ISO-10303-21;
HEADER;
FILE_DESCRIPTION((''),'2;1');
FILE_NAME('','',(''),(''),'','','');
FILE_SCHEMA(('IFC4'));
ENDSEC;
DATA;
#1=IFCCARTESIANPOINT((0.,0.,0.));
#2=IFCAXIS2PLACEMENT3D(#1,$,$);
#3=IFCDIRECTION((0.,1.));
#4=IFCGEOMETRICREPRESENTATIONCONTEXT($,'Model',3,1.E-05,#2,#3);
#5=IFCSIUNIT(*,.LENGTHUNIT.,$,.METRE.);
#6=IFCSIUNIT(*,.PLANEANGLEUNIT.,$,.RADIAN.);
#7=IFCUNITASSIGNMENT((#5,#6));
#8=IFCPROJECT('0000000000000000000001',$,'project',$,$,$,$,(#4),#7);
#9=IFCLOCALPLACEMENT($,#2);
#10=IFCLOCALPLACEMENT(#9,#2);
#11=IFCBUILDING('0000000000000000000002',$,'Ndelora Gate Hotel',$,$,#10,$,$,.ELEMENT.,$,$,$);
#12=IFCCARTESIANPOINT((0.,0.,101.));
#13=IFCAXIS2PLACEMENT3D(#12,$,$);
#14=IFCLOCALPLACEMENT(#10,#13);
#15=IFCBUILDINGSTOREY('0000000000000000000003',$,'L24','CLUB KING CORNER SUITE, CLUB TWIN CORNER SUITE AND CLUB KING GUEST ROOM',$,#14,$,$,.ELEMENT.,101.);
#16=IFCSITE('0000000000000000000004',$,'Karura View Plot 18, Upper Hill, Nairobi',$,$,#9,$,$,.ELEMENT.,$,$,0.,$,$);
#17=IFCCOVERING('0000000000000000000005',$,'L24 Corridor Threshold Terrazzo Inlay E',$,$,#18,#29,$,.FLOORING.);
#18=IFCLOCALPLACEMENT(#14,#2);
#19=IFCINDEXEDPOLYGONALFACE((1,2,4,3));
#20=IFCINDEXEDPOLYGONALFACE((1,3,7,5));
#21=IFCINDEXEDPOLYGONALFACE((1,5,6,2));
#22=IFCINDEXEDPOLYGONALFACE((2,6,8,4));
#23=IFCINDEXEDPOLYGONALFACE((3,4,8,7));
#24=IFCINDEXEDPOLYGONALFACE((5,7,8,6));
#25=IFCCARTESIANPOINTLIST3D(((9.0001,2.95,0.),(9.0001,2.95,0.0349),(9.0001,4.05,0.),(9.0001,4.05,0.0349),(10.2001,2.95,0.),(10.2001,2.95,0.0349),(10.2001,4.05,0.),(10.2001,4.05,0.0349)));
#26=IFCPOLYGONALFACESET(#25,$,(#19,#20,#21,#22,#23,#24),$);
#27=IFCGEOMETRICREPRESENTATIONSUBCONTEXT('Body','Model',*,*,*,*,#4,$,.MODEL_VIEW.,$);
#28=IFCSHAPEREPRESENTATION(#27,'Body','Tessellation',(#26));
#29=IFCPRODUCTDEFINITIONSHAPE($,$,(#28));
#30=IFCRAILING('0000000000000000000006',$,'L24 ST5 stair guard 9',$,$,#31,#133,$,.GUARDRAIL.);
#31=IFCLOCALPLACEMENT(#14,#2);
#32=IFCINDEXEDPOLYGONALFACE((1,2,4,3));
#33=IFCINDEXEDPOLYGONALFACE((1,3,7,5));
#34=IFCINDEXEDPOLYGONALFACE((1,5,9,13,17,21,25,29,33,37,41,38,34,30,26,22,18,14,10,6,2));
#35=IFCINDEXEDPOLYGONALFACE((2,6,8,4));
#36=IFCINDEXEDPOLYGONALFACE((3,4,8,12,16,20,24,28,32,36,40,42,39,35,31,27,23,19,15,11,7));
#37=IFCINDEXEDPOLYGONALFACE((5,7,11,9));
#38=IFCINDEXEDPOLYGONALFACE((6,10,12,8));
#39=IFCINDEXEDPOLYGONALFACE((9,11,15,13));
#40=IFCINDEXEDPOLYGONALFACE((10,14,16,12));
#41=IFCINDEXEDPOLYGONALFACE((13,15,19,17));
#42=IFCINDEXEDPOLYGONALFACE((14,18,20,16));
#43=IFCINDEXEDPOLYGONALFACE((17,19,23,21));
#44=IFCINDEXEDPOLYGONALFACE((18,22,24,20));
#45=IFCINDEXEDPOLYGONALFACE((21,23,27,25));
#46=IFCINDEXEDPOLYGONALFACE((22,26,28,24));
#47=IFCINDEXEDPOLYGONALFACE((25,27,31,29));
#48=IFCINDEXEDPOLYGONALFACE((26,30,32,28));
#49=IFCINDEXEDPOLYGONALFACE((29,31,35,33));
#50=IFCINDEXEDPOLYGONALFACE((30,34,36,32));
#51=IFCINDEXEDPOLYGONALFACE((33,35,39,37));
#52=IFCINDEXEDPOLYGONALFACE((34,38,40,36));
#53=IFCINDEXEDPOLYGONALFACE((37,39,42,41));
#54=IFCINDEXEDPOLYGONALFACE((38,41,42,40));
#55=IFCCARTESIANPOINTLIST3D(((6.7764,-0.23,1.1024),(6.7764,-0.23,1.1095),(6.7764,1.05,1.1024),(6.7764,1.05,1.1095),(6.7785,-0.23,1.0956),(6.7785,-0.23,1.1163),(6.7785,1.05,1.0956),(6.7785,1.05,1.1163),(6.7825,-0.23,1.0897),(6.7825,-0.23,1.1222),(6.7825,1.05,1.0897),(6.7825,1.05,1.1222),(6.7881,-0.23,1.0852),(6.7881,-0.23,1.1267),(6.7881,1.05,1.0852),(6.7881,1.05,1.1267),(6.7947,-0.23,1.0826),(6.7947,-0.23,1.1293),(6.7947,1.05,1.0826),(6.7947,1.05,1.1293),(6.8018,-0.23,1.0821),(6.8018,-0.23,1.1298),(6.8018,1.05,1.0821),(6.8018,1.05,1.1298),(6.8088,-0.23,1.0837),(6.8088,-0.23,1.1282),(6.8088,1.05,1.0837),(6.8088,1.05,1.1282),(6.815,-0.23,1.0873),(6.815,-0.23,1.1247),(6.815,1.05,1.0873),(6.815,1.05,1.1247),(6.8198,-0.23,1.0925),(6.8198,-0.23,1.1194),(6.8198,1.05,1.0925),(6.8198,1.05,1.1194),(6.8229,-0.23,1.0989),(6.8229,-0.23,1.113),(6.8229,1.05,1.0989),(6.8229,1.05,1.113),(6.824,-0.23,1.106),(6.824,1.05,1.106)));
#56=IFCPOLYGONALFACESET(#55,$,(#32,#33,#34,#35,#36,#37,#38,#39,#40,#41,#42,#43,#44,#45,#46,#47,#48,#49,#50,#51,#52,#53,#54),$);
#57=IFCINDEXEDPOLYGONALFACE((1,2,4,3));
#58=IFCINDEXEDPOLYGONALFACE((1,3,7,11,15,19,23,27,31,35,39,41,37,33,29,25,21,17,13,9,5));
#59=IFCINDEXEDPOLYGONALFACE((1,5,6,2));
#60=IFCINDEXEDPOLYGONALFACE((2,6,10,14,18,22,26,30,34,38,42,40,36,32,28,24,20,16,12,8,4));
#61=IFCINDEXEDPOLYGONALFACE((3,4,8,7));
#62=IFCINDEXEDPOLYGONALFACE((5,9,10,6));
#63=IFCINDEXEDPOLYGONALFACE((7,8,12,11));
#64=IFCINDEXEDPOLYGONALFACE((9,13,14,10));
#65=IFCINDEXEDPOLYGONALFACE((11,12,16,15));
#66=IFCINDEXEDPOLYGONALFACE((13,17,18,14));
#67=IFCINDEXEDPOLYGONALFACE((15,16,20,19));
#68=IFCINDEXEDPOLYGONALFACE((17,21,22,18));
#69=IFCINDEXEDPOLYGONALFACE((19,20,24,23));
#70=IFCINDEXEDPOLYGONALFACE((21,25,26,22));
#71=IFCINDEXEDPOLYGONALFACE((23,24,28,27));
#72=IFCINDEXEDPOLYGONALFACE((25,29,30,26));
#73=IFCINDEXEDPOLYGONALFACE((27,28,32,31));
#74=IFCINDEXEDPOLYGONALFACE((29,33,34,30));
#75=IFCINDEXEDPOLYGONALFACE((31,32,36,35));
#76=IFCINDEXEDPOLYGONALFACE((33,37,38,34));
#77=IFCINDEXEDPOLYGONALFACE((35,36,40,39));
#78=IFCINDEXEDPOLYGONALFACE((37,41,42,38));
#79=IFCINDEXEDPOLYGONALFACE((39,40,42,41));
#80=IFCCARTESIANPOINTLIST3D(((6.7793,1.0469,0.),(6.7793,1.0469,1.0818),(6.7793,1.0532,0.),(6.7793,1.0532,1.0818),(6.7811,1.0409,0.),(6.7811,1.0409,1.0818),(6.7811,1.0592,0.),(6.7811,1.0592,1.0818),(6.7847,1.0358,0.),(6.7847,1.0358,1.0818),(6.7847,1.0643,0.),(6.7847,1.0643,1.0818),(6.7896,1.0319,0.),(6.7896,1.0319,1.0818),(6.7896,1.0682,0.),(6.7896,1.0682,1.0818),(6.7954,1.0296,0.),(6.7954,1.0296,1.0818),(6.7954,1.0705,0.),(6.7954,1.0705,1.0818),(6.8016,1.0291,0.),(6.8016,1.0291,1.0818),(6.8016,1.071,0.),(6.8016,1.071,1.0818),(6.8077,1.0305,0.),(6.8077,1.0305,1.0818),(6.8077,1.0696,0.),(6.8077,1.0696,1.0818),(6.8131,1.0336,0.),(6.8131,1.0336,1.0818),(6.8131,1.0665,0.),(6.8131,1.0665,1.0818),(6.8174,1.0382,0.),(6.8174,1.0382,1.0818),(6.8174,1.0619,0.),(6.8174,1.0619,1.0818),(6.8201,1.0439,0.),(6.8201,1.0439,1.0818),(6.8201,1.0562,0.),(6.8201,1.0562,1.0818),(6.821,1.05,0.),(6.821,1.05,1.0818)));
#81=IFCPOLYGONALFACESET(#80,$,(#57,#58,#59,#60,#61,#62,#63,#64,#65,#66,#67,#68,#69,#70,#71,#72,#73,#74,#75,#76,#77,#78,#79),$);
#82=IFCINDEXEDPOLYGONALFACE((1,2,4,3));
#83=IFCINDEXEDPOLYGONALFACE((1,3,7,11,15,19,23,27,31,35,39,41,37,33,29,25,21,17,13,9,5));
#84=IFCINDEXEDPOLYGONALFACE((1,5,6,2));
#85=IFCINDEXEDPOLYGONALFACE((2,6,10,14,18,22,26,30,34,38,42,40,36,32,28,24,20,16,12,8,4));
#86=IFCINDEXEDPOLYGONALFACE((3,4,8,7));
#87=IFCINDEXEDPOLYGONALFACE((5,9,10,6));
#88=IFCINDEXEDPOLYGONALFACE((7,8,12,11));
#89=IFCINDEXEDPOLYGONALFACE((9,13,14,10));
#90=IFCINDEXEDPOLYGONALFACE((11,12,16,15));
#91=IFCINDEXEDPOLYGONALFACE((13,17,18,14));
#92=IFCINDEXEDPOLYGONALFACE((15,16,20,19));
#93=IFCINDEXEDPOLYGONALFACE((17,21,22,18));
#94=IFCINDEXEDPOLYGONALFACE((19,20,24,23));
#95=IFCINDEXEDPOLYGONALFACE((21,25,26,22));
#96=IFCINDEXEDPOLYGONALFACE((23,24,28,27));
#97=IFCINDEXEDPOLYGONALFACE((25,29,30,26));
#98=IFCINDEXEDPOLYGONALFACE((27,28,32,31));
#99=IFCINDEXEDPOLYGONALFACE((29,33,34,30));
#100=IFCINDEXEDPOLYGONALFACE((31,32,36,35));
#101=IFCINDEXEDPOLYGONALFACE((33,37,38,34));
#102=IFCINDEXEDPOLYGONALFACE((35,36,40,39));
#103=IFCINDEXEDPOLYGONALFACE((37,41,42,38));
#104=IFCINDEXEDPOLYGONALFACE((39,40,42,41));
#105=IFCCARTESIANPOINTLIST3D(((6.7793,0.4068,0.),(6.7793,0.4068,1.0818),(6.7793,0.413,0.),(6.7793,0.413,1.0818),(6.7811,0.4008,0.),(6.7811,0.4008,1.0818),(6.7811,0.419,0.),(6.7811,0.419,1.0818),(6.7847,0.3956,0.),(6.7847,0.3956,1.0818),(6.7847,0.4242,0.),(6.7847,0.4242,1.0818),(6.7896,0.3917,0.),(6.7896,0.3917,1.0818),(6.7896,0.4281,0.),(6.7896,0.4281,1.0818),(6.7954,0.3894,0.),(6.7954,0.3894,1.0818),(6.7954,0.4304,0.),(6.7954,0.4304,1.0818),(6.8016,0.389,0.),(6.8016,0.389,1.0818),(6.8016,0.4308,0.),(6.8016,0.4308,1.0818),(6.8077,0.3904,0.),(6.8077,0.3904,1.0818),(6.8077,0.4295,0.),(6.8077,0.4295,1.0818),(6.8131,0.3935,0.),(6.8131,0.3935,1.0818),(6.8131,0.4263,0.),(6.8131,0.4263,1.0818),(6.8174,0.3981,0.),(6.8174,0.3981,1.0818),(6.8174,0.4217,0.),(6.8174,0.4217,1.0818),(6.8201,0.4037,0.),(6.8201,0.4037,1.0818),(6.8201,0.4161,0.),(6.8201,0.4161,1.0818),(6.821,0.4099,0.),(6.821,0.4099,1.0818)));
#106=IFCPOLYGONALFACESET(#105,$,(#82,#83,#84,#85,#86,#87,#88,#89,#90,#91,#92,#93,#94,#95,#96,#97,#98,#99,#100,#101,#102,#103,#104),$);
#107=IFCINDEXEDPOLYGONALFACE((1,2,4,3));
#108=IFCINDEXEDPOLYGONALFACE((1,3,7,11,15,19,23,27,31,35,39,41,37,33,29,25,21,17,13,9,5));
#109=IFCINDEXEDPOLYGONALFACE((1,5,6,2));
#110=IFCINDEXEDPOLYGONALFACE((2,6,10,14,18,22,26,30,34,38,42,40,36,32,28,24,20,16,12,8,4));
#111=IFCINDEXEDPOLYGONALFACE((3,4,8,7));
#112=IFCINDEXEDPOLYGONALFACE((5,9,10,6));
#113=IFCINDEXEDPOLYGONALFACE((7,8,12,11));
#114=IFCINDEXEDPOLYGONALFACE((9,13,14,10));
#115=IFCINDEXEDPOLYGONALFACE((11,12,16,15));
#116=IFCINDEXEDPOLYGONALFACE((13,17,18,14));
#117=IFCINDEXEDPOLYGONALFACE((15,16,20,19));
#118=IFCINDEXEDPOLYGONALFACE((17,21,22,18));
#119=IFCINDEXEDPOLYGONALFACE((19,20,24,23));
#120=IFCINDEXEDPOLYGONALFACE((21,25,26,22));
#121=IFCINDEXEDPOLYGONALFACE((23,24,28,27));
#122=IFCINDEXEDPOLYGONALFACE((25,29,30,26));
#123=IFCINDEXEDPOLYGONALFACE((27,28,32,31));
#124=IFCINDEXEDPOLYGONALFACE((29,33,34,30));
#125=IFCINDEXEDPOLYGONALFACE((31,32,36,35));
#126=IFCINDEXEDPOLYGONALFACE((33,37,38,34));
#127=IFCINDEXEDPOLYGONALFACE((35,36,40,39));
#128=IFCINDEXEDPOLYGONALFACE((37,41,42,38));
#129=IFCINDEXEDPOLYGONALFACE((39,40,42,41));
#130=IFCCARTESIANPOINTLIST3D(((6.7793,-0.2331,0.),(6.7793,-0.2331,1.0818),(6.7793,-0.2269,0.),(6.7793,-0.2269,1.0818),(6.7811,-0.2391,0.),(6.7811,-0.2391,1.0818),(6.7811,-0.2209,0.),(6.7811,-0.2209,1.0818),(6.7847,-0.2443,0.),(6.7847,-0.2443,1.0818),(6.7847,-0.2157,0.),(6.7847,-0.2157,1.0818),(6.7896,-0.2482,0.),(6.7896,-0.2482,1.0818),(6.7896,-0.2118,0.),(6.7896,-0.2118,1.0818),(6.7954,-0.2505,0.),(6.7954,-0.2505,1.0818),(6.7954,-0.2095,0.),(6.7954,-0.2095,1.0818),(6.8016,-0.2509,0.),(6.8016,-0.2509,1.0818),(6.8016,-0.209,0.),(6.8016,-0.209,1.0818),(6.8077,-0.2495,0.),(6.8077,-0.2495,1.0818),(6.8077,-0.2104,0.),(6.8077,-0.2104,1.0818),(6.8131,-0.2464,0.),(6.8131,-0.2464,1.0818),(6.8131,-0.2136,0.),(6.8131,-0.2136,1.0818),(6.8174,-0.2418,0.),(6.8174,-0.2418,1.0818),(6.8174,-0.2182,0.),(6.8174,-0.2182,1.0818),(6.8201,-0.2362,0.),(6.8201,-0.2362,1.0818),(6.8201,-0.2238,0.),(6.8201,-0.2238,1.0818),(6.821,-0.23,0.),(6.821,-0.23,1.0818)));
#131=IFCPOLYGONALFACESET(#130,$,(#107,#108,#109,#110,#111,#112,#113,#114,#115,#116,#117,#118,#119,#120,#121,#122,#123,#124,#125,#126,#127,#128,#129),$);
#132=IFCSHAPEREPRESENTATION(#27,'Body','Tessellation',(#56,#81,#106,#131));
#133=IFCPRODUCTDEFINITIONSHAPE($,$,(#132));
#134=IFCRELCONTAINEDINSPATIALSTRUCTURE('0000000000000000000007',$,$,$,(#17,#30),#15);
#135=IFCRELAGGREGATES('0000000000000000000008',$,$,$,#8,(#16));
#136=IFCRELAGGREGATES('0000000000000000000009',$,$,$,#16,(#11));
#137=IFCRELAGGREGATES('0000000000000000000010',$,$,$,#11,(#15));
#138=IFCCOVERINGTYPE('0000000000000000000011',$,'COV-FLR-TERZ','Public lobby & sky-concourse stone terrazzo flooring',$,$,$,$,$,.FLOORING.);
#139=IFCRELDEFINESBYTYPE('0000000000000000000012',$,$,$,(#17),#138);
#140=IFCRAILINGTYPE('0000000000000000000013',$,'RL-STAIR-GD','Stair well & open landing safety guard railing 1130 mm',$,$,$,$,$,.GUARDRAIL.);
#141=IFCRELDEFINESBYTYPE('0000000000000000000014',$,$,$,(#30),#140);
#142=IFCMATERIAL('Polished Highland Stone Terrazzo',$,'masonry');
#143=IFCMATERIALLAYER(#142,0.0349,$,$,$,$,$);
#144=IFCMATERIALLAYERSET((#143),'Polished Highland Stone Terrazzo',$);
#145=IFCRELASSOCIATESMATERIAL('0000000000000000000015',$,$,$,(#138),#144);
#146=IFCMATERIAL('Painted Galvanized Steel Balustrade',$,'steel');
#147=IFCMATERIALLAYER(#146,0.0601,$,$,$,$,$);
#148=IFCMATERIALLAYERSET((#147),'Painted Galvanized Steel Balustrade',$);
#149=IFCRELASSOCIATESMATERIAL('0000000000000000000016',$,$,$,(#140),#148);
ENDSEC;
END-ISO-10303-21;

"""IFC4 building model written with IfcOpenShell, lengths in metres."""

from ifc_helpers import new_model, si_unit, direction, frame, origin, origin_2d, place, context, subcontext, project, spatial, rectangle, circle, extrude, material, layer, layer_set, type_object, element, save


model = new_model("IFC4")

# Units and contexts
model_context = context("Model", 3, precision=1e-05, world=origin(), true_north=direction((0.0, 1.0)))
body_context = subcontext(model_context, "Body", "Model", "MODEL_VIEW")
ifc_project = project(units=[si_unit("LENGTHUNIT", "METRE"), si_unit("PLANEANGLEUNIT", "RADIAN")], contexts=[model_context])

# Site, building, storey
site_placement = place(None, origin())
site = spatial("IfcSite", under=ifc_project, at=site_placement, Name="Karura View Plot 18, Upper Hill, Nairobi", CompositionType="ELEMENT", RefElevation=0.0)
building_placement = place(site_placement, origin())
building = spatial("IfcBuilding", under=site, at=building_placement, Name="Ndelora Gate Hotel", CompositionType="ELEMENT")
storey_placement = place(building_placement, frame((0.0, 0.0, 101.0)))
storey = spatial("IfcBuildingStorey", under=building, at=storey_placement, Name="L24", Description="CLUB KING CORNER SUITE, CLUB TWIN CORNER SUITE AND CLUB KING GUEST ROOM", CompositionType="ELEMENT", Elevation=101.0)

# Covering
ifc_material_1 = material(Name="Polished Highland Stone Terrazzo", Category="masonry")
ifc_layer_1 = layer(ifc_material_1, 0.0349)
ifc_layer_set_1 = layer_set([ifc_layer_1], Name="Polished Highland Stone Terrazzo")
covering_type_1 = type_object("IfcCoveringType", Name="COV-FLR-TERZ", Description="Public lobby & sky-concourse stone terrazzo flooring", PredefinedType="FLOORING", material=ifc_layer_set_1)
covering_1_placement = place(storey_placement, frame((9.6001, 3.5, 0.0), z_axis=(0.0, 0.0, 1.0), x_axis=(1.0, 0.0, 0.0)))
element("IfcCovering", 1, at=covering_1_placement, inside=storey, type_object=covering_type_1, Name="L24 Corridor Threshold Terrazzo Inlay E", PredefinedType="FLOORING", context=body_context, shape_type="SweptSolid", body=[
    extrude(rectangle(XDim=1.2, YDim=1.1001, at=origin_2d()), origin(), (0.0, 0.0, 1.0), 0.0349),
])

# Railing
ifc_material_2 = material(Name="Painted Galvanized Steel Balustrade", Category="steel")
ifc_layer_2 = layer(ifc_material_2, 0.0601)
ifc_layer_set_2 = layer_set([ifc_layer_2], Name="Painted Galvanized Steel Balustrade")
railing_type = type_object("IfcRailingType", Name="RL-STAIR-GD", Description="Stair well & open landing safety guard railing 1130 mm", PredefinedType="GUARDRAIL", material=ifc_layer_set_2)
railing_1_placement = place(storey_placement, frame((6.8, 1.05, 0.0)))
element("IfcRailing", 2, at=railing_1_placement, inside=storey, type_object=railing_type, Name="L24 ST5 stair guard 9", PredefinedType="GUARDRAIL", context=body_context, shape_type="SweptSolid", body=[
    extrude(circle(Radius=0.0239, at=origin_2d()), frame((0.0, 0.0, 1.106), z_axis=(0.0, -1.0, 0.0), x_axis=(1.0, 0.0, 0.0)), (0.0, 0.0, 1.0), 1.28),
    extrude(circle(Radius=0.021, at=origin_2d()), origin(), (0.0, 0.0, 1.0), 1.0818),
    extrude(circle(Radius=0.021, at=origin_2d()), frame((0.0, -0.6401, 0.0)), (0.0, 0.0, 1.0), 1.0818),
    extrude(circle(Radius=0.021, at=origin_2d()), frame((0.0, -1.28, 0.0)), (0.0, 0.0, 1.0), 1.0818),
])

save(model, "model.ifc")
